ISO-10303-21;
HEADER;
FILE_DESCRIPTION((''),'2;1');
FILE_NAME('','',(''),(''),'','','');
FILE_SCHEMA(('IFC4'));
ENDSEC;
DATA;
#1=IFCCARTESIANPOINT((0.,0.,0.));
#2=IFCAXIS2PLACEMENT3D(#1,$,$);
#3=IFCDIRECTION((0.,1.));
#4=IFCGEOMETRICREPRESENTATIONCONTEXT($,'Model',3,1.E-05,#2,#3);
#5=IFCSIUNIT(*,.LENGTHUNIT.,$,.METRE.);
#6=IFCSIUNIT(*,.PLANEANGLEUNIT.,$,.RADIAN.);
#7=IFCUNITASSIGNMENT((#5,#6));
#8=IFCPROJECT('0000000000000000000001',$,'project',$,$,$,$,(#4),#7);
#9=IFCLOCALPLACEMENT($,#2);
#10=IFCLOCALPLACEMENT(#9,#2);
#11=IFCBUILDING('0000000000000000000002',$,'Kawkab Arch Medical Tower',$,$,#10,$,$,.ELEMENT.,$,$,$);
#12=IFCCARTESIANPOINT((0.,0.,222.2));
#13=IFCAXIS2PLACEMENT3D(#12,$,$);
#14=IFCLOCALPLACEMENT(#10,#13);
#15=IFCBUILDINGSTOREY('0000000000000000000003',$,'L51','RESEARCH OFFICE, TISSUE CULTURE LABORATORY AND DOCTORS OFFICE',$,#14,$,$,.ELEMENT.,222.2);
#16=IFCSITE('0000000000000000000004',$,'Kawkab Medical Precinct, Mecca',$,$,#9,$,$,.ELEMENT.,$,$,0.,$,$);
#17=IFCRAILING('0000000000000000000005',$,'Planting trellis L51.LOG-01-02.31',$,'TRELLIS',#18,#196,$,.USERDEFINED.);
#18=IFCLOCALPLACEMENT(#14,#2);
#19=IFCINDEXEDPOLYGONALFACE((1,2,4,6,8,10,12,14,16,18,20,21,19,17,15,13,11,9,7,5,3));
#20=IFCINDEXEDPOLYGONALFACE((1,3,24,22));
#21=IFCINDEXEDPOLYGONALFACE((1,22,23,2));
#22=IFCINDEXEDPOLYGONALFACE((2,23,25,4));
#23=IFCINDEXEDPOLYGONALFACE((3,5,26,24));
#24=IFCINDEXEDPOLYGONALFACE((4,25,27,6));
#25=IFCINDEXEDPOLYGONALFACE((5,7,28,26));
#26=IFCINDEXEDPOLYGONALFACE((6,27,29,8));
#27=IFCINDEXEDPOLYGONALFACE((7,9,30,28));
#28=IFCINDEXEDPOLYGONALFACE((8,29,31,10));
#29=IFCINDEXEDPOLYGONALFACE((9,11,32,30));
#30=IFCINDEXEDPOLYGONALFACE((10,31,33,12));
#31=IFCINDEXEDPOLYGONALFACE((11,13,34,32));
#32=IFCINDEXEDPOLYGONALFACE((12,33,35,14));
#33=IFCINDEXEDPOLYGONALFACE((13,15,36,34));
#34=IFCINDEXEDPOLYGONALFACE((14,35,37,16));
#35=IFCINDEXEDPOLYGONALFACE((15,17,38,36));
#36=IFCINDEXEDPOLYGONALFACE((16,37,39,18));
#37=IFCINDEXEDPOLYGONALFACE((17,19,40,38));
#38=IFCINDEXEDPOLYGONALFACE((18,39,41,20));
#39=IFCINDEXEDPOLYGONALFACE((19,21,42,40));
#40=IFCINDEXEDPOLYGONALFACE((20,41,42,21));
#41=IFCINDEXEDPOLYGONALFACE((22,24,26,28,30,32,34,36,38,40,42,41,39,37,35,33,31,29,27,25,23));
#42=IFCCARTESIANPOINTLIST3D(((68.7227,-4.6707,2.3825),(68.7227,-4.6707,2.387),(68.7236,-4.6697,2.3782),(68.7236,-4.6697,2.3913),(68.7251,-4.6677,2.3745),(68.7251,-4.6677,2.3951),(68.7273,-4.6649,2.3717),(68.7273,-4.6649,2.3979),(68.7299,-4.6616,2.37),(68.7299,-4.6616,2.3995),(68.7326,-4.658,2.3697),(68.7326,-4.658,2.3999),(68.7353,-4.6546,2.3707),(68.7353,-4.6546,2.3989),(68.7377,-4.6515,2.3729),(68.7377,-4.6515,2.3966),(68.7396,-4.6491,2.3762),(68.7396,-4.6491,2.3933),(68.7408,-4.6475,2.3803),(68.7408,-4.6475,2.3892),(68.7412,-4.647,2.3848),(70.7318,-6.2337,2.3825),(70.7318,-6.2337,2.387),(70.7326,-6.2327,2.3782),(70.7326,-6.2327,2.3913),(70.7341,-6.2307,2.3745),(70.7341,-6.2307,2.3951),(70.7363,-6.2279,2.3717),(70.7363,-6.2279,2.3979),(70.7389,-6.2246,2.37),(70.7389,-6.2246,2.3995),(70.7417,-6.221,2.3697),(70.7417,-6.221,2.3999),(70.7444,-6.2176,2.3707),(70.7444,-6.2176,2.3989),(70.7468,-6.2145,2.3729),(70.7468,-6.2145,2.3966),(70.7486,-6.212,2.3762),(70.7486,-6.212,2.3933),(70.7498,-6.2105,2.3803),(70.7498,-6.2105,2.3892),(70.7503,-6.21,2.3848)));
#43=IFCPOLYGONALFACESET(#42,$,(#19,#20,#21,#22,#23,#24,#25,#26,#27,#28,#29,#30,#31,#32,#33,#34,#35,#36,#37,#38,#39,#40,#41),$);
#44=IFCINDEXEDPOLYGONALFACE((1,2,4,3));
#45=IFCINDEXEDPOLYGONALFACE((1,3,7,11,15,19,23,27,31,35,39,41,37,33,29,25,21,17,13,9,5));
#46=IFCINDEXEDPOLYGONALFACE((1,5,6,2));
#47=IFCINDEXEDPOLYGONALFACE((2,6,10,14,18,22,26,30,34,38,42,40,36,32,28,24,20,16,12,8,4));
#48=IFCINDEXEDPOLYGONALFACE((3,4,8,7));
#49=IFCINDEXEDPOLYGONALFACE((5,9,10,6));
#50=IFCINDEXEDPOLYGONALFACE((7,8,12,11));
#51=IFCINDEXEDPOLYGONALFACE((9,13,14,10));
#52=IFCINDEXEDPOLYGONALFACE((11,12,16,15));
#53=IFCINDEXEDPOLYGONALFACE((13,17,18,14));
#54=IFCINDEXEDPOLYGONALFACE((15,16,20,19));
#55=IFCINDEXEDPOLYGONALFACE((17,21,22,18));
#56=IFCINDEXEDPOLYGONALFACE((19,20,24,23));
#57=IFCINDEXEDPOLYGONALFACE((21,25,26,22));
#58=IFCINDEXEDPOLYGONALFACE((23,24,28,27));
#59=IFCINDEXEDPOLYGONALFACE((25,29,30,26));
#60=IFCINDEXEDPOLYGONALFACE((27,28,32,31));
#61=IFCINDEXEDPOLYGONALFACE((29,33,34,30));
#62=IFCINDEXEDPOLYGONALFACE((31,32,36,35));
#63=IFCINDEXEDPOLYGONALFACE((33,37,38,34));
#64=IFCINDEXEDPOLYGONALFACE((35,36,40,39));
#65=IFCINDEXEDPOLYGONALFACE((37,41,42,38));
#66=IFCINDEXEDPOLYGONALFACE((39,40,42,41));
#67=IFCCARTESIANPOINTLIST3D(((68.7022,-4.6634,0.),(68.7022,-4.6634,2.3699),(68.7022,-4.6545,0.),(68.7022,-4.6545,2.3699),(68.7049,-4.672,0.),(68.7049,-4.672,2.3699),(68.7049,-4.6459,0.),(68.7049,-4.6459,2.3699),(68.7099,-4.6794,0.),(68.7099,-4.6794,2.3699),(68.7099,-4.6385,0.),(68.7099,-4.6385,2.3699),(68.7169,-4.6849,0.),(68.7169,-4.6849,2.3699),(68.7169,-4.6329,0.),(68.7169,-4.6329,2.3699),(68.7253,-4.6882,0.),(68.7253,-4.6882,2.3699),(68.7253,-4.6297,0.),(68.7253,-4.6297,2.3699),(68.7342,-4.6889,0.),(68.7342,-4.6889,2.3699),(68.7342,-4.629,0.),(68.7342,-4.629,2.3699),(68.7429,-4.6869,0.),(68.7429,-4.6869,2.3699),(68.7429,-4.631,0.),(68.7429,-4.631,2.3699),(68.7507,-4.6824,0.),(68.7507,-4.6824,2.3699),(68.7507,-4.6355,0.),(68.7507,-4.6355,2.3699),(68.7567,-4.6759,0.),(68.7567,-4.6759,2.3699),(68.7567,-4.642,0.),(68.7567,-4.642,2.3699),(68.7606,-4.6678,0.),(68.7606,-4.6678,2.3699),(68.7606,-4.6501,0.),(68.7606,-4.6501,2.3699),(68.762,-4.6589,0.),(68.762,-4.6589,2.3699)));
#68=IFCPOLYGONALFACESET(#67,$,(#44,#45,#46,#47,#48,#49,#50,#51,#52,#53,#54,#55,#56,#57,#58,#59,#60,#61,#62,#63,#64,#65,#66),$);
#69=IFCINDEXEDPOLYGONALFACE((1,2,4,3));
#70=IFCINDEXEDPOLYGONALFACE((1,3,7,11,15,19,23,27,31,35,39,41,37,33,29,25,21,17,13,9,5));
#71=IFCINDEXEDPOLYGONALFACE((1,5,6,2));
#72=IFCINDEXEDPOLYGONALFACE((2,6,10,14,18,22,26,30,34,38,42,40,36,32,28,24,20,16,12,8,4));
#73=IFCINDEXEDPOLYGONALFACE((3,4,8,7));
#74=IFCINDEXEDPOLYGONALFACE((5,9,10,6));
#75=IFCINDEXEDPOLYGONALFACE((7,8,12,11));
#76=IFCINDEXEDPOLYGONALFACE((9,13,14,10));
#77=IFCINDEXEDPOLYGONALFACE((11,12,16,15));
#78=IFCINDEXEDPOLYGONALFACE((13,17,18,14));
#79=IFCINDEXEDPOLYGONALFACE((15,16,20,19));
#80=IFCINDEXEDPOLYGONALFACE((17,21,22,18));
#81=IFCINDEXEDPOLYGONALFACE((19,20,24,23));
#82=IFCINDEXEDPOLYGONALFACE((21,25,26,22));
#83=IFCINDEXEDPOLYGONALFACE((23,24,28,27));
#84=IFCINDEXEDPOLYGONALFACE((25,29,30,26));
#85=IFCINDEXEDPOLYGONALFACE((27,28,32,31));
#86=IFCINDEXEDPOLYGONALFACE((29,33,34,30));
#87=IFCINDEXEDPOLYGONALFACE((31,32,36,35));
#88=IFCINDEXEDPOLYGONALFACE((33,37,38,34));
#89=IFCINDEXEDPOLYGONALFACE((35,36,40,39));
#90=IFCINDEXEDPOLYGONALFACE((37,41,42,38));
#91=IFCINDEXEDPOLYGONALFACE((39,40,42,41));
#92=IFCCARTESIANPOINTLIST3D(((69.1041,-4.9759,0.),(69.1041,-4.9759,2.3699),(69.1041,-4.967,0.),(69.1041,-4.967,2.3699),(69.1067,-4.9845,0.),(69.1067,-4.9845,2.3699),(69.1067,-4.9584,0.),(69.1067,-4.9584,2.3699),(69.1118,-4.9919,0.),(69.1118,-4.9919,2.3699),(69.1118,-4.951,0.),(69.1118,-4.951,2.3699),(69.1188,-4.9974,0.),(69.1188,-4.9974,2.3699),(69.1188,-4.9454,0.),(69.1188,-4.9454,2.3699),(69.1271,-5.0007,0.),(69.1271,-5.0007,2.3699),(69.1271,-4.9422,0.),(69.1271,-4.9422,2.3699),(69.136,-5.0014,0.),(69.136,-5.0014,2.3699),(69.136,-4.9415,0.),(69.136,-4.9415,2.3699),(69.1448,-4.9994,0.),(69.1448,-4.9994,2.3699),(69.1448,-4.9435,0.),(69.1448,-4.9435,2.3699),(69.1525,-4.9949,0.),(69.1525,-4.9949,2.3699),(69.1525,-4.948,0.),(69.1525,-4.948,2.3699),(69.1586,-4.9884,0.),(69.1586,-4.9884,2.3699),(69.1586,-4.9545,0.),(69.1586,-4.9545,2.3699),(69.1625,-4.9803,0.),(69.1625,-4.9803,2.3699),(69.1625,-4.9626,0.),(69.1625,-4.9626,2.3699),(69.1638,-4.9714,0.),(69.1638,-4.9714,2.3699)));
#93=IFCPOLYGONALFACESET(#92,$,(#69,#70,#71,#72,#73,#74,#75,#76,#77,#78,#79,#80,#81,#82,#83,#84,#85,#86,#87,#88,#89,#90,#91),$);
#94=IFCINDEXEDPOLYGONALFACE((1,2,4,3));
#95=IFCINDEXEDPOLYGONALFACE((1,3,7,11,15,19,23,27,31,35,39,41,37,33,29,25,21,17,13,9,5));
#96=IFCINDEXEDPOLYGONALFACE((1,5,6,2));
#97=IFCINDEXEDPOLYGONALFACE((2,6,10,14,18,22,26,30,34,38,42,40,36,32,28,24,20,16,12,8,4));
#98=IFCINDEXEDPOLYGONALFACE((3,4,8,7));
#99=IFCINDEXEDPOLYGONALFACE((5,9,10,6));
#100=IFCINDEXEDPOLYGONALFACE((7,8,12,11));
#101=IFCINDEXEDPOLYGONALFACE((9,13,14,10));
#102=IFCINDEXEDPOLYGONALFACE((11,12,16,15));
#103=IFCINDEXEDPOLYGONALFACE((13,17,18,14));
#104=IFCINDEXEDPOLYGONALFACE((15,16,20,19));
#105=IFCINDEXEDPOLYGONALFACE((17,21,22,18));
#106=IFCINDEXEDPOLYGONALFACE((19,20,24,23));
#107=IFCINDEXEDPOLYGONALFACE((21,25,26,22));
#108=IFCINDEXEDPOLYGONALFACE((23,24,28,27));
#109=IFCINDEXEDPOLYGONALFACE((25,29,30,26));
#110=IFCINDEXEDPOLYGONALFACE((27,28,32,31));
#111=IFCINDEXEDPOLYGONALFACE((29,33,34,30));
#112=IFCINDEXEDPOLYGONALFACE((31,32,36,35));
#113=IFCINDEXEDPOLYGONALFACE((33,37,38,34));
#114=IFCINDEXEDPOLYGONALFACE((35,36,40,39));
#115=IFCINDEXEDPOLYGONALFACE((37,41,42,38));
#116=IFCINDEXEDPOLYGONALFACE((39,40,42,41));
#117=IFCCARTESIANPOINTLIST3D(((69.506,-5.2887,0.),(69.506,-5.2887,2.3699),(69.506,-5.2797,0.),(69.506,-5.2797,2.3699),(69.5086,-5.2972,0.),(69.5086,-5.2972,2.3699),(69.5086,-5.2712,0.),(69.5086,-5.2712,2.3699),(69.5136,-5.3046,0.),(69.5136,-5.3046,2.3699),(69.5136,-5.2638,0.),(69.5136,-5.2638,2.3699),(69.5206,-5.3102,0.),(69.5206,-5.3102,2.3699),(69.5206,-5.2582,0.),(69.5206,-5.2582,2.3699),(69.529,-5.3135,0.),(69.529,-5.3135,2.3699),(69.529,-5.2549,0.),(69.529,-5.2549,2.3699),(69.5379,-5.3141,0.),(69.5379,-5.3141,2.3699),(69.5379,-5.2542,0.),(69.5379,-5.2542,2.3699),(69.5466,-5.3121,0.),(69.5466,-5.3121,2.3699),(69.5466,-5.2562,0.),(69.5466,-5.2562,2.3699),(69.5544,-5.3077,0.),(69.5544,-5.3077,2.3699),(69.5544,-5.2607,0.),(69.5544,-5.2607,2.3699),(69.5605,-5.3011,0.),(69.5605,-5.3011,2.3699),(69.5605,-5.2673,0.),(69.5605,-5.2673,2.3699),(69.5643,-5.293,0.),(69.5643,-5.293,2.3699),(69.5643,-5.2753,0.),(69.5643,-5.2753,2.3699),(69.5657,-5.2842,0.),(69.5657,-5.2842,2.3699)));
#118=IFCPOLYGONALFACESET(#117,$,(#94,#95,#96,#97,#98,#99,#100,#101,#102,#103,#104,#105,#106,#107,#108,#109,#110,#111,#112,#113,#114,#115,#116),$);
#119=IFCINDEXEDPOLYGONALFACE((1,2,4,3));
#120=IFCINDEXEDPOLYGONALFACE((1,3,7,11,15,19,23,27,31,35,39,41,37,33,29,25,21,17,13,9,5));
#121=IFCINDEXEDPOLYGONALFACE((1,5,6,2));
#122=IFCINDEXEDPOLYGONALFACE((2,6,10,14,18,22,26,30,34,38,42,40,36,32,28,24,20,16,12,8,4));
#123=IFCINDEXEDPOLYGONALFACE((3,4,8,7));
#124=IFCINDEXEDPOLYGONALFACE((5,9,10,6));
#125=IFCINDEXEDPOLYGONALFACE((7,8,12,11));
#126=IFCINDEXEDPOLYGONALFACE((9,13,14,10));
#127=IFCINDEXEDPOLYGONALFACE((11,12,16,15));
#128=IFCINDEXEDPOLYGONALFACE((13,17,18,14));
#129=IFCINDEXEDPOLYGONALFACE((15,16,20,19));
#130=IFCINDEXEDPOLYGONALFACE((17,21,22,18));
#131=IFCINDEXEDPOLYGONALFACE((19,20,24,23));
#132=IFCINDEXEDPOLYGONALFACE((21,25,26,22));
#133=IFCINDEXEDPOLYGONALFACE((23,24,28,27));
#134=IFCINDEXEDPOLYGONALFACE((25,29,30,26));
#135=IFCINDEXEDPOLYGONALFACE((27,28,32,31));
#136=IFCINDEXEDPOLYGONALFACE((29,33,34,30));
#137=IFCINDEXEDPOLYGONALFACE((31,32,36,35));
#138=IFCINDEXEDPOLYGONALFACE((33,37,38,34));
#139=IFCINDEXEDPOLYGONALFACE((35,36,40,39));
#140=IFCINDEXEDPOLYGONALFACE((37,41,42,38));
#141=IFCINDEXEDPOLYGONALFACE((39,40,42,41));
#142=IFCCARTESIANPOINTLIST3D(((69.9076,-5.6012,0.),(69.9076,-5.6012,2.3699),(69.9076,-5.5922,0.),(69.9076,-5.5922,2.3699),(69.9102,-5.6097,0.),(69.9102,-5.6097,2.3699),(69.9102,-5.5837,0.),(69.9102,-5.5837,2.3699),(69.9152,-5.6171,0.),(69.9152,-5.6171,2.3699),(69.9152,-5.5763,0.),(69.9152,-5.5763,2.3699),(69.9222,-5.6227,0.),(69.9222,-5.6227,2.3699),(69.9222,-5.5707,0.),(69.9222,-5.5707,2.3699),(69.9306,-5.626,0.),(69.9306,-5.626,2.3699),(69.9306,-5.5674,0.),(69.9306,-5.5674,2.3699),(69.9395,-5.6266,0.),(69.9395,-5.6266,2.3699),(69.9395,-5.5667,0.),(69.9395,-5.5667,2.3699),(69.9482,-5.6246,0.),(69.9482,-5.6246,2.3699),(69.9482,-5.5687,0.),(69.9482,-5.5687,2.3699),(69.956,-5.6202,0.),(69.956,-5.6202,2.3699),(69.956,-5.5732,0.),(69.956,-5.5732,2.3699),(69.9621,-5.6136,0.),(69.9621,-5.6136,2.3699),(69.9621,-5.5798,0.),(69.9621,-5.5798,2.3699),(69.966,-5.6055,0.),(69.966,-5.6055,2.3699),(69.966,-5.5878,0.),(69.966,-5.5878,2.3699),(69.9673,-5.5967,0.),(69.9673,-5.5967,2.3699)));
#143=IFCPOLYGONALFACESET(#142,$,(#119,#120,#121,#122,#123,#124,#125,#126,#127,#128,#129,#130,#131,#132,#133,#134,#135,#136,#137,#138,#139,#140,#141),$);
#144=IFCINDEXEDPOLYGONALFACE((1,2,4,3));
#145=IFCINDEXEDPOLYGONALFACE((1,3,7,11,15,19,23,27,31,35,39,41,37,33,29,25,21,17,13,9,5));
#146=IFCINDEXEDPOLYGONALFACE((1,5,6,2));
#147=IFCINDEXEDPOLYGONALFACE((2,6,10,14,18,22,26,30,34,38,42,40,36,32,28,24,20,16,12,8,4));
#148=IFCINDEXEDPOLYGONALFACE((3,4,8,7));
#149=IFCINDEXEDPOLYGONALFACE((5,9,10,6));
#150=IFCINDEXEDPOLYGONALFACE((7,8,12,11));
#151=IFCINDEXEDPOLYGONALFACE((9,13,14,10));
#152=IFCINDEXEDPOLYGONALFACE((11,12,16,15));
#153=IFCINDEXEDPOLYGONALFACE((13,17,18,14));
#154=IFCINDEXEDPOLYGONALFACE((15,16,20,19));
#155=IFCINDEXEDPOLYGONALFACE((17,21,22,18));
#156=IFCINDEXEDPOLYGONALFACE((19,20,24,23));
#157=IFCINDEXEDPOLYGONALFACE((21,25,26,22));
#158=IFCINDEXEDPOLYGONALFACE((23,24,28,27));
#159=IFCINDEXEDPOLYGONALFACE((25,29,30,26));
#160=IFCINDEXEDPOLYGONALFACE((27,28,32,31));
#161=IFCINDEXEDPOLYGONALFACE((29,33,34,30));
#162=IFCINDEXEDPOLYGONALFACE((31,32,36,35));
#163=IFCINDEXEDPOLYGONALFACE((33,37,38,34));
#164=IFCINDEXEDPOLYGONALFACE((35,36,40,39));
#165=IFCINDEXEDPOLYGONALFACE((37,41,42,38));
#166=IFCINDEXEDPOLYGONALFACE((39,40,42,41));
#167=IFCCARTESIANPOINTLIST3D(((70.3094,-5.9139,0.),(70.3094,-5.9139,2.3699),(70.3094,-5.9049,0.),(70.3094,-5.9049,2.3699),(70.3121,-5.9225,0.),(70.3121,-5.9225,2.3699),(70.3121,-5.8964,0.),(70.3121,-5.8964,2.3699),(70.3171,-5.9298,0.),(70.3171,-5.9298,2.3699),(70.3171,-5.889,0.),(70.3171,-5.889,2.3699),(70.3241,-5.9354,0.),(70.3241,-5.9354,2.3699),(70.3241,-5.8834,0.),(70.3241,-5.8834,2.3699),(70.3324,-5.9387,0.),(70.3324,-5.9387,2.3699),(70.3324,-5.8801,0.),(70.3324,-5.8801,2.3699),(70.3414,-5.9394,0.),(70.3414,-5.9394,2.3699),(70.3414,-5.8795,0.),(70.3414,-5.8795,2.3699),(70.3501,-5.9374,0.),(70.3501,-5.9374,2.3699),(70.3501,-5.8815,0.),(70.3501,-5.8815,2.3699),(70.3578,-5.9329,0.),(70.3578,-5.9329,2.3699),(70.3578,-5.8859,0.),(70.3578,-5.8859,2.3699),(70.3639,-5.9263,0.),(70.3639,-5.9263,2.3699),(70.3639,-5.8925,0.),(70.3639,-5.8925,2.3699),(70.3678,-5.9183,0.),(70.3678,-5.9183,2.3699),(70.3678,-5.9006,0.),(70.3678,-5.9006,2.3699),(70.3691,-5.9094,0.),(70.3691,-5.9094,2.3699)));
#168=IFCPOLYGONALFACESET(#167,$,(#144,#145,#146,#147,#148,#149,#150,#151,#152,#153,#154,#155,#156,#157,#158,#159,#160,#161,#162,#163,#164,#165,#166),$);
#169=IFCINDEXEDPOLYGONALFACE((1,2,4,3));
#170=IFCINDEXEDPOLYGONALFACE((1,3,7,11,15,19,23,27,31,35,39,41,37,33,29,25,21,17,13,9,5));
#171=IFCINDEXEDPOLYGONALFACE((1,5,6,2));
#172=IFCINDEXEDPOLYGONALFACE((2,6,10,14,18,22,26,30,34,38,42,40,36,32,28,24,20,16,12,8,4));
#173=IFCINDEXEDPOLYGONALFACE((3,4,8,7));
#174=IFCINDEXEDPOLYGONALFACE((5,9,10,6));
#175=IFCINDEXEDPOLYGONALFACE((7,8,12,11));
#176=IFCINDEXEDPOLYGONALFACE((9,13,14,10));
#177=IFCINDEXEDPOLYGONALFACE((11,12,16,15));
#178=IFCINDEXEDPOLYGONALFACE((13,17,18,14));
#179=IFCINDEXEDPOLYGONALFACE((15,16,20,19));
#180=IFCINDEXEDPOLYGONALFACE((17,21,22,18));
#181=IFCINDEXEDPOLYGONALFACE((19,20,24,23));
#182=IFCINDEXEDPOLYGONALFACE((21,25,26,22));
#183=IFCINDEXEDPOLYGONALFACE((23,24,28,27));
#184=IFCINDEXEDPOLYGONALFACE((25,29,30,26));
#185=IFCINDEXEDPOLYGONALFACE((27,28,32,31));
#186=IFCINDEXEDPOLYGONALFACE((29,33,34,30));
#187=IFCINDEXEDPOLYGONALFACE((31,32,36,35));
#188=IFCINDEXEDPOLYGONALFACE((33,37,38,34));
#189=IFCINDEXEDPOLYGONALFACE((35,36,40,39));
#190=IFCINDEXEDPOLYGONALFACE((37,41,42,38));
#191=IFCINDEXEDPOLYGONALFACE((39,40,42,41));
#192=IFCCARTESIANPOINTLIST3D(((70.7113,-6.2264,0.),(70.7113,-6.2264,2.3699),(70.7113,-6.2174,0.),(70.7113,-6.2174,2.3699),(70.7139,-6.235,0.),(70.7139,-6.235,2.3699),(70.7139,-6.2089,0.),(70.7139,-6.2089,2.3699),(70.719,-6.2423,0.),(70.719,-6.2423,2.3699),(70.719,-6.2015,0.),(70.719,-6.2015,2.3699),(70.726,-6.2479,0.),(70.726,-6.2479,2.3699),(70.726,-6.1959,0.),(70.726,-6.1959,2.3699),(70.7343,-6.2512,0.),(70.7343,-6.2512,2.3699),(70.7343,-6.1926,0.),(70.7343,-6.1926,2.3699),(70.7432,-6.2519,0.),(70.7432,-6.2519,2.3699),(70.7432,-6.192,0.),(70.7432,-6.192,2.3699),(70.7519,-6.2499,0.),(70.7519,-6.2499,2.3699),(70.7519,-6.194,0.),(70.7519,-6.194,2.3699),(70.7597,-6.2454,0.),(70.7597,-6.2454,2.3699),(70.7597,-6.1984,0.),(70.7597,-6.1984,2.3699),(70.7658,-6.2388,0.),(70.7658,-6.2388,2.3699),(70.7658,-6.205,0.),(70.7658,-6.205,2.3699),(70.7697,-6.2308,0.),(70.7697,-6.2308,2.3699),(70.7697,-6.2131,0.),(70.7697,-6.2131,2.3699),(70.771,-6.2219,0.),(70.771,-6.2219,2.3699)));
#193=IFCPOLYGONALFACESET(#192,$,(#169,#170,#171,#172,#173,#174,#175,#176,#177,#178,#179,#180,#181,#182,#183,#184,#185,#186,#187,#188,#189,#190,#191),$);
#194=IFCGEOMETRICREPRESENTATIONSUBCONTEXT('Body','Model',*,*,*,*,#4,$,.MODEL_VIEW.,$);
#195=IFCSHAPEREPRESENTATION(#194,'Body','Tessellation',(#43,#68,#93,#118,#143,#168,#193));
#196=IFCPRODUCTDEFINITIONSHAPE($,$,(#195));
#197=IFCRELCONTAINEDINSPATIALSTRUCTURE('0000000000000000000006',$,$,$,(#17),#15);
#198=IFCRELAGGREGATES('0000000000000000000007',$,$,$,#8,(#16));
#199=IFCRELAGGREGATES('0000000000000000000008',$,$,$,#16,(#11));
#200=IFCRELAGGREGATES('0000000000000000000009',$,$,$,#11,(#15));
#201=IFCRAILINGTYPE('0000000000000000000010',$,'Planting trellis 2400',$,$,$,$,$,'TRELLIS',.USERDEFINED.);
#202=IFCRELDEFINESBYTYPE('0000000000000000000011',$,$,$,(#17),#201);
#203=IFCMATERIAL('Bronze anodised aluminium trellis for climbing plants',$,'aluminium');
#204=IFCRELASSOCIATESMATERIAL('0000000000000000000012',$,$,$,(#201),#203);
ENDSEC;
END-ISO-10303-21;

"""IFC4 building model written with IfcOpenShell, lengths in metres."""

from ifc_helpers import new_model, si_unit, direction, frame, origin, origin_2d, place, context, subcontext, project, spatial, circle, extrude, material, type_object, element, save


model = new_model("IFC4")

# Units and contexts
model_context = context("Model", 3, precision=1e-05, world=origin(), true_north=direction((0.0, 1.0)))
body_context = subcontext(model_context, "Body", "Model", "MODEL_VIEW")
ifc_project = project(units=[si_unit("LENGTHUNIT", "METRE"), si_unit("PLANEANGLEUNIT", "RADIAN")], contexts=[model_context])

# Site, building, storey
site_placement = place(None, origin())
site = spatial("IfcSite", under=ifc_project, at=site_placement, Name="Kawkab Medical Precinct, Mecca", CompositionType="ELEMENT", RefElevation=0.0)
building_placement = place(site_placement, origin())
building = spatial("IfcBuilding", under=site, at=building_placement, Name="Kawkab Arch Medical Tower", CompositionType="ELEMENT")
storey_placement = place(building_placement, frame((0.0, 0.0, 222.2)))
storey = spatial("IfcBuildingStorey", under=building, at=storey_placement, Name="L51", Description="RESEARCH OFFICE, TISSUE CULTURE LABORATORY AND DOCTORS OFFICE", CompositionType="ELEMENT", Elevation=222.2)

# Railing
ifc_material_1 = material(Name="Bronze anodised aluminium trellis for climbing plants", Category="aluminium")
railing_type = type_object("IfcRailingType", Name="Planting trellis 2400", ElementType="TRELLIS", PredefinedType="USERDEFINED", material=ifc_material_1)
railing_1_placement = place(storey_placement, frame((68.7319, -4.6589, 0.0)))
element("IfcRailing", 1, at=railing_1_placement, inside=storey, type_object=railing_type, Name="Planting trellis L51.LOG-01-02.31", ObjectType="TRELLIS", PredefinedType="USERDEFINED", context=body_context, shape_type="SweptSolid", body=[
    extrude(circle(Radius=0.0151, at=origin_2d()), frame((0.0, 0.0, 2.3848), z_axis=(0.789275, -0.61404, 0.0), x_axis=(0.61404, 0.789275, 0.0)), (0.0, 0.0, 1.0), 2.5454),
    extrude(circle(Radius=0.03, at=origin_2d()), origin(), (0.0, 0.0, 1.0), 2.3699),
    extrude(circle(Radius=0.03, at=origin_2d()), frame((0.4019, -0.3125, 0.0)), (0.0, 0.0, 1.0), 2.3699),
    extrude(circle(Radius=0.03, at=origin_2d()), frame((0.8037, -0.6252, 0.0)), (0.0, 0.0, 1.0), 2.3699),
    extrude(circle(Radius=0.03, at=origin_2d()), frame((1.2053, -0.9377, 0.0)), (0.0, 0.0, 1.0), 2.3699),
    extrude(circle(Radius=0.03, at=origin_2d()), frame((1.6072, -1.2505, 0.0)), (0.0, 0.0, 1.0), 2.3699),
    extrude(circle(Radius=0.03, at=origin_2d()), frame((2.009, -1.563, 0.0)), (0.0, 0.0, 1.0), 2.3699),
])

save(model, "model.ifc")
